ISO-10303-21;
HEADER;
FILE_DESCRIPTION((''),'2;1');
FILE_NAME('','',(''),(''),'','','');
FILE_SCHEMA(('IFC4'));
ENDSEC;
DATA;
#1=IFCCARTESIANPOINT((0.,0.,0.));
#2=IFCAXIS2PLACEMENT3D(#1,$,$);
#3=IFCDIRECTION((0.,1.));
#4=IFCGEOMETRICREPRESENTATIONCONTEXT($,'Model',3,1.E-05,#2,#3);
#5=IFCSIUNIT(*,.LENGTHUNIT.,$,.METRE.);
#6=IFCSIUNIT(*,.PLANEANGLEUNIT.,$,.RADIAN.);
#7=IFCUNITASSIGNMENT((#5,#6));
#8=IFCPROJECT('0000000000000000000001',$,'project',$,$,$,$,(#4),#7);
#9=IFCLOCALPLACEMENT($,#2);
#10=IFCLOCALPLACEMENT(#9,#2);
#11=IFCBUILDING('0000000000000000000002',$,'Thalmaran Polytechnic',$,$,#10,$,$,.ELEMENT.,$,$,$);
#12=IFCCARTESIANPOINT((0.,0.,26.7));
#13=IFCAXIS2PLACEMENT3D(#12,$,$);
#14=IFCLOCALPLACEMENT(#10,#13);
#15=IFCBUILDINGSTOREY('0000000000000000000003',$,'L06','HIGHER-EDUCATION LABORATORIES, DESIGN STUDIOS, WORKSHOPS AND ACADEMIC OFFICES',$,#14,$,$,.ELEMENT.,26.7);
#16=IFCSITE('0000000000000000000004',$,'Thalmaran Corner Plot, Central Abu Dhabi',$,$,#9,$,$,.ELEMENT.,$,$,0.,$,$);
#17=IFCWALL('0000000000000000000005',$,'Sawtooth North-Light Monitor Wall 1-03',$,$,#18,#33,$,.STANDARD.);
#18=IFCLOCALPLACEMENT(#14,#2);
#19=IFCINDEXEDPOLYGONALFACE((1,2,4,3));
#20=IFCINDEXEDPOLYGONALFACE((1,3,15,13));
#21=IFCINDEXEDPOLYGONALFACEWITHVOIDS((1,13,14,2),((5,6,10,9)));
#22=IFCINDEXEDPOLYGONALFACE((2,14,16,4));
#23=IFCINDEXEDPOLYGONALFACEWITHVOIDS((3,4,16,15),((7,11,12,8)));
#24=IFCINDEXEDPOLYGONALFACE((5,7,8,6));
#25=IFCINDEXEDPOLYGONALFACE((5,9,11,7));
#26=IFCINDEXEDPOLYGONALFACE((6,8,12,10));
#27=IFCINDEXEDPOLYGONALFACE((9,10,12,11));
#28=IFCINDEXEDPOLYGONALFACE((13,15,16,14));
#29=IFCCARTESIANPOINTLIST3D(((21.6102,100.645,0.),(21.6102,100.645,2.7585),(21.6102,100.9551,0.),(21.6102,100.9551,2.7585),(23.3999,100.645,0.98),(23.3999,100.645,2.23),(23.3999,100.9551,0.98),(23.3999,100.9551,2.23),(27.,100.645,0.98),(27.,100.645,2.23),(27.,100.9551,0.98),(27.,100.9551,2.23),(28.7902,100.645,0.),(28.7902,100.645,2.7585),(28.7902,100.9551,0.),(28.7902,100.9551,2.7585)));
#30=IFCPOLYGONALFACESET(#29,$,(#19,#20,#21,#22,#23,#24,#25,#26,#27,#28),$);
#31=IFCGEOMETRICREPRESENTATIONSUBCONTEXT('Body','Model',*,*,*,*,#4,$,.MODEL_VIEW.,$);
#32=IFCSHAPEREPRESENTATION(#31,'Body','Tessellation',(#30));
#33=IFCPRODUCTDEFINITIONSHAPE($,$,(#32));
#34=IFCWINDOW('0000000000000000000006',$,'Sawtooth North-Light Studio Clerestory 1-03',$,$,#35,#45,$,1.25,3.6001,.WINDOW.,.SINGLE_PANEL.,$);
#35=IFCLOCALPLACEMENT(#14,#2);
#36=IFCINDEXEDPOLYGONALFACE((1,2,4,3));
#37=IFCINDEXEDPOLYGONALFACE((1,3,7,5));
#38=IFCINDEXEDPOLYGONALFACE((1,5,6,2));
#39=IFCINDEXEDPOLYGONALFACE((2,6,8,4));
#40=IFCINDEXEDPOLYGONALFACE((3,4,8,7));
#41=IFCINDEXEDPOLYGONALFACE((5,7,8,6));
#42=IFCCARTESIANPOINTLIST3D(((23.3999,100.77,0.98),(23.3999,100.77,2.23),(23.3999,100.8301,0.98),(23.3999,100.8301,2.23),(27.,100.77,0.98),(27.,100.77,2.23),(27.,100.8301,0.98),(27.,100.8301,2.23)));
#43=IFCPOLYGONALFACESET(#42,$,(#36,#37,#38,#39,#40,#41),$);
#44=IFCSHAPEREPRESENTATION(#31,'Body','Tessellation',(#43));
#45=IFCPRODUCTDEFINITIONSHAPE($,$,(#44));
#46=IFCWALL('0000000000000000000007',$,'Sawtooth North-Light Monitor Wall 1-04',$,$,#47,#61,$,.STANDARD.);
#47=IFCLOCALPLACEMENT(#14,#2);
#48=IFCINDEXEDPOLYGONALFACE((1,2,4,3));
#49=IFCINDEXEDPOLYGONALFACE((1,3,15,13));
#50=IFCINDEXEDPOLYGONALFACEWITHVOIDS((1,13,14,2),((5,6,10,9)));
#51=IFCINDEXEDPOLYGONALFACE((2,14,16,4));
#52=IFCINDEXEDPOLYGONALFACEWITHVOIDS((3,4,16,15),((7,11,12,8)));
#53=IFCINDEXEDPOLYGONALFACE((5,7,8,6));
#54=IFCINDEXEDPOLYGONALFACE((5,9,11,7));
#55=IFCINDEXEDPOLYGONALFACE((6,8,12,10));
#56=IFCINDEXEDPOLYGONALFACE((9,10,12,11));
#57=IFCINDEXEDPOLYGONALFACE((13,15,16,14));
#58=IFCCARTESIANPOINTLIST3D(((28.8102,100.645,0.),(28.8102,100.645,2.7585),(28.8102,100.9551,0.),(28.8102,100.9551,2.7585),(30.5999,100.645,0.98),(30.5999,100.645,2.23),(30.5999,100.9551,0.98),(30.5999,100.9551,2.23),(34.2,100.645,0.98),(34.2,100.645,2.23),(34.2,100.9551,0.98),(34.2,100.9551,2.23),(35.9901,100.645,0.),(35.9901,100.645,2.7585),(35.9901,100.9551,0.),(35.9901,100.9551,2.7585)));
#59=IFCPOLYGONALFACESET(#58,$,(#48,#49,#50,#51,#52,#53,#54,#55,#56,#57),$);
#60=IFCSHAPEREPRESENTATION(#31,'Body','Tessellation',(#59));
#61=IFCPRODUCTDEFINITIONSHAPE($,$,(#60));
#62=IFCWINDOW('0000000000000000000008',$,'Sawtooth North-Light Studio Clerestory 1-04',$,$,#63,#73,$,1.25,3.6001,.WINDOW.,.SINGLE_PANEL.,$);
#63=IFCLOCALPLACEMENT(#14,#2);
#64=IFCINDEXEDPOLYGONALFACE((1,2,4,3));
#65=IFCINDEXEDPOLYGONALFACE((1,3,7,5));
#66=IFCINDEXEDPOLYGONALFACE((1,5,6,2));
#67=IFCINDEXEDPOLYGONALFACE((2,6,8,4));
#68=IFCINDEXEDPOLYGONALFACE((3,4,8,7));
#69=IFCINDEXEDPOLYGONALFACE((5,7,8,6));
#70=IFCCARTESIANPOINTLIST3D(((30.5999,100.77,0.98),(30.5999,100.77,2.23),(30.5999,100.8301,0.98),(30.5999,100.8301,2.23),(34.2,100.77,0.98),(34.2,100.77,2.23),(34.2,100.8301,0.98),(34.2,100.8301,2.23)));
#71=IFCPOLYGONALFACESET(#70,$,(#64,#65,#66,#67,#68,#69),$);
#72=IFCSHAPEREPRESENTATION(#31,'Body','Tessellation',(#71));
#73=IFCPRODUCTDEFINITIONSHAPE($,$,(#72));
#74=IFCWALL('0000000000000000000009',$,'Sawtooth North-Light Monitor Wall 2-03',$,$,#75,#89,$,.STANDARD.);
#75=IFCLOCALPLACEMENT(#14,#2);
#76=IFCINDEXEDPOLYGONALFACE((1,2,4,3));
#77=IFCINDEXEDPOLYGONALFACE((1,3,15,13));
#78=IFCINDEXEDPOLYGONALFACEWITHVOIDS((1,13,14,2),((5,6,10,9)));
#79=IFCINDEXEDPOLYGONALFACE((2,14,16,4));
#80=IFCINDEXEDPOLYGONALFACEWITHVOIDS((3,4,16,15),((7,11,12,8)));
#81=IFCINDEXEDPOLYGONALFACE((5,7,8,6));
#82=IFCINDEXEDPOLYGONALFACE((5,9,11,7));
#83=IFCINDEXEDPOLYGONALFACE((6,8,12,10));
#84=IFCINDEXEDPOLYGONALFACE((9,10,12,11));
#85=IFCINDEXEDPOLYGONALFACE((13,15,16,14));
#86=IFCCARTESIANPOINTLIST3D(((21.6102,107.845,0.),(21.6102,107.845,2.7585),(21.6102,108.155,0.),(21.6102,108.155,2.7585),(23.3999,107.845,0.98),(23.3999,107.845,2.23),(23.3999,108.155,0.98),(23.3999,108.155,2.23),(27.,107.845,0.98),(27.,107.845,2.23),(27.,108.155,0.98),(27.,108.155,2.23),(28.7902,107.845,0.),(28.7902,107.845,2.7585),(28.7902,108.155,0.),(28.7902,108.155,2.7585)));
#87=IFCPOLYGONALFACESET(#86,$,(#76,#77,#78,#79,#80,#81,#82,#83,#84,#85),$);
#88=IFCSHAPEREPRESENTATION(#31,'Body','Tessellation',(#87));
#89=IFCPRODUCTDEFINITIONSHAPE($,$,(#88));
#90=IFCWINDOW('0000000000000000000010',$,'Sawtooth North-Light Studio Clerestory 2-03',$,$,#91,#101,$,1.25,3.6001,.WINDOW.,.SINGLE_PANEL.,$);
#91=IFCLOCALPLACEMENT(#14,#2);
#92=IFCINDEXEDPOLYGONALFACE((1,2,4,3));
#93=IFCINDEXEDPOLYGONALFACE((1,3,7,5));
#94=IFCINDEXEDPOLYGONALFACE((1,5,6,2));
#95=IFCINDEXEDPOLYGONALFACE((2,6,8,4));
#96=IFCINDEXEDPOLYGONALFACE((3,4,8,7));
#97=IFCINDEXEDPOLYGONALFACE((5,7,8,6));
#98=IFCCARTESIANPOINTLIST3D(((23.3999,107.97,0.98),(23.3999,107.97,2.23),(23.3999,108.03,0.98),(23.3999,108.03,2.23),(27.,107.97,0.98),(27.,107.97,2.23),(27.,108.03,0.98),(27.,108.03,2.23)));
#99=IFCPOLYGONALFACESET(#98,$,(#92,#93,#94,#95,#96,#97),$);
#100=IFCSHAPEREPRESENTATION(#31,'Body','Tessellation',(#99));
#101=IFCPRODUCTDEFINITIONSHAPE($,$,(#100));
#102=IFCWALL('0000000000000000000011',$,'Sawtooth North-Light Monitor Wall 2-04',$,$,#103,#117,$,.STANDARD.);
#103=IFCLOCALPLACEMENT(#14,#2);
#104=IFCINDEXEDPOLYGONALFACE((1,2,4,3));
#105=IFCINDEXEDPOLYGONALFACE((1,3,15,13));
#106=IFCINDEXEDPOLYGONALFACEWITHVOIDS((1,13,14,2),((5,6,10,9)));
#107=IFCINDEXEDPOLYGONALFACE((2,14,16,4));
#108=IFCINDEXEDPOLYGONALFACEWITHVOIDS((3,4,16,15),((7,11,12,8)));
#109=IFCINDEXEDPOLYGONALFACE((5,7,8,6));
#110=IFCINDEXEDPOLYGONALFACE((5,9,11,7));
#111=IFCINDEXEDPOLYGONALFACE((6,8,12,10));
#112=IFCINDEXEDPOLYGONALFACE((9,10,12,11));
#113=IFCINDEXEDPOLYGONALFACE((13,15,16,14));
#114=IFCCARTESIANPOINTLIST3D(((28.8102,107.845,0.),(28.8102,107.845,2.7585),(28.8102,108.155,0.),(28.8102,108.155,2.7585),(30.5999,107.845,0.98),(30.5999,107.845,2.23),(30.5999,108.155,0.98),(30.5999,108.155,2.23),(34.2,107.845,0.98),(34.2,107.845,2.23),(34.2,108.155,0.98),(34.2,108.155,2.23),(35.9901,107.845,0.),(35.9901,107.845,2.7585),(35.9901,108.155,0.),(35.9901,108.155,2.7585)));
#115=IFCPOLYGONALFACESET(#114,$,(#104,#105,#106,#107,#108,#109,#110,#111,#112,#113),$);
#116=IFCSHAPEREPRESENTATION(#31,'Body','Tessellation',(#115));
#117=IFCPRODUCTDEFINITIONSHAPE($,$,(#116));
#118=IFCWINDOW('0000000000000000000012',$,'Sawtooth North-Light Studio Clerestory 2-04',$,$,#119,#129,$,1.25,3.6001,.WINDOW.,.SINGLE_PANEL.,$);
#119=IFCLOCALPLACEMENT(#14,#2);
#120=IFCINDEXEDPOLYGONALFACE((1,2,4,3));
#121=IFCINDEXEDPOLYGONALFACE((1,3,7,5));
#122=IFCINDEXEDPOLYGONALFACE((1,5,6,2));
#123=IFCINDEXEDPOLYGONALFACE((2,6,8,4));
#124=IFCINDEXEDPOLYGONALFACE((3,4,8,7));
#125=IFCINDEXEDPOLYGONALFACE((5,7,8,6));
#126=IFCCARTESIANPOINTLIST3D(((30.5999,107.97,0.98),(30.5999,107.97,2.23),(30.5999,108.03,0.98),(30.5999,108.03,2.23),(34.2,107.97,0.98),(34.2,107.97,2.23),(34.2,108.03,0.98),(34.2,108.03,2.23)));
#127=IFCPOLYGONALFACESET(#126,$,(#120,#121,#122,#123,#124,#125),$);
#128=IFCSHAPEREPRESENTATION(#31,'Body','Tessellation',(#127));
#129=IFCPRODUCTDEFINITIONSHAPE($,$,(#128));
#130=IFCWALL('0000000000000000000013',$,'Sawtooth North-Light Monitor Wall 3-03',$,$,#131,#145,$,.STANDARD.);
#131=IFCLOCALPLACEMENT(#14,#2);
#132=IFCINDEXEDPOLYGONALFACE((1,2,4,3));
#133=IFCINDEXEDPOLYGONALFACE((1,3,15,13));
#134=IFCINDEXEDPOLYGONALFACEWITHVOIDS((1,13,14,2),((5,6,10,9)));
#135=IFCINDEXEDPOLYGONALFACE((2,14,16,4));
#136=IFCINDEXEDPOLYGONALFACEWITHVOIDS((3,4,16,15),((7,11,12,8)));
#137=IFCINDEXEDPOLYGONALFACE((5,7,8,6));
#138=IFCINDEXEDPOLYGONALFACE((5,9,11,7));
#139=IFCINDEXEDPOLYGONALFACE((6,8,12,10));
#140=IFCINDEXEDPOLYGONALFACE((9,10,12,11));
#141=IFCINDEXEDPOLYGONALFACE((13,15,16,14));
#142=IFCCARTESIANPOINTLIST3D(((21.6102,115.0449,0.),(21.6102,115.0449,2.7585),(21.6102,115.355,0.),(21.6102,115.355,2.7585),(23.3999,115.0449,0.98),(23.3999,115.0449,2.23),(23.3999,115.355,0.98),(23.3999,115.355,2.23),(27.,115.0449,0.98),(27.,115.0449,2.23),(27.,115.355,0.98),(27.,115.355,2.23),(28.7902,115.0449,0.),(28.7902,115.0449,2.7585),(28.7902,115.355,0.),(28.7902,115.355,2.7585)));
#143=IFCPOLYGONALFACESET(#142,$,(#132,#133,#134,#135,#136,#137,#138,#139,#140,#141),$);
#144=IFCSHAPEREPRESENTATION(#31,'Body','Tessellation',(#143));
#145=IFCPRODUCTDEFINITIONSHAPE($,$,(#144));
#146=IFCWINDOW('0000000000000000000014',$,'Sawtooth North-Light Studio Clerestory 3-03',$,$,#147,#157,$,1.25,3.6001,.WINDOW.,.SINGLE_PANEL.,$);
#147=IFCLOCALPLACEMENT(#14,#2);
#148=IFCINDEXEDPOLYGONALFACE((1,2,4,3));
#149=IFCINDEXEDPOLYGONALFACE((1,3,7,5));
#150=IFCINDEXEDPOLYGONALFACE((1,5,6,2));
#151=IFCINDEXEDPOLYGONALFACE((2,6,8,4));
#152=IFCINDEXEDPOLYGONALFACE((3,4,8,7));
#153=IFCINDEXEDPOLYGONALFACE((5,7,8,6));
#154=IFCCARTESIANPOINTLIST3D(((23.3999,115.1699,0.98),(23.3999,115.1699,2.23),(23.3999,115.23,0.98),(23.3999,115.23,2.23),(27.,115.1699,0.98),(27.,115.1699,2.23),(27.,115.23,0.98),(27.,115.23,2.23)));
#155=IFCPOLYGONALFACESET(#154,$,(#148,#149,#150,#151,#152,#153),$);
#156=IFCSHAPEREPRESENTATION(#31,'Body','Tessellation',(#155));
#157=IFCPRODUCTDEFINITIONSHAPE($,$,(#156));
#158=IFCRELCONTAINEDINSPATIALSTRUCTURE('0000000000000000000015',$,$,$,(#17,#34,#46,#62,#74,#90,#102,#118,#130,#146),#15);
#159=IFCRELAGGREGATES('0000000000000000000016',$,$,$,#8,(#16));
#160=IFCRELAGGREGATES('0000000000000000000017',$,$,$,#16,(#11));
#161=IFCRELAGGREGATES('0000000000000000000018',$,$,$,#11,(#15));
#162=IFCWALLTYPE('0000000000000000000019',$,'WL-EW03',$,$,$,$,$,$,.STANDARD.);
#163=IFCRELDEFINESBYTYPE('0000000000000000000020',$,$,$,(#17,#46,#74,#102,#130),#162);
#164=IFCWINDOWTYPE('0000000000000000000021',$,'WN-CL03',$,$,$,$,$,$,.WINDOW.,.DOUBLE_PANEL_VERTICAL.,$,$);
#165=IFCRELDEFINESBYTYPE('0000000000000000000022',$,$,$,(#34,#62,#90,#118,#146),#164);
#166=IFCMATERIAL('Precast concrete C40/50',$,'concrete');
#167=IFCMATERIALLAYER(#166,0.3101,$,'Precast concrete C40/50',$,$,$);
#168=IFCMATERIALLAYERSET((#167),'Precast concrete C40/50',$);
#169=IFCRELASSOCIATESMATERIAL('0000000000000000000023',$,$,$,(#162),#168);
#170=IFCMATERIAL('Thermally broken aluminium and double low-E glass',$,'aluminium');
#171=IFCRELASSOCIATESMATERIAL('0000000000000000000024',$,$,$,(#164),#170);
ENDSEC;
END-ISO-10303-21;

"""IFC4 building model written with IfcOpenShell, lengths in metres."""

from ifc_helpers import new_model, si_unit, direction, frame, frame_2d, origin, place, context, subcontext, project, spatial, rectangle, extrude, material, layer, layer_set, type_object, element, fill, save


model = new_model("IFC4")

# Units and contexts
model_context = context("Model", 3, precision=1e-05, world=origin(), true_north=direction((0.0, 1.0)))
body_context = subcontext(model_context, "Body", "Model", "MODEL_VIEW")
ifc_project = project(units=[si_unit("LENGTHUNIT", "METRE"), si_unit("PLANEANGLEUNIT", "RADIAN")], contexts=[model_context])

# Site, building, storey
site_placement = place(None, origin())
site = spatial("IfcSite", under=ifc_project, at=site_placement, Name="Thalmaran Corner Plot, Central Abu Dhabi", CompositionType="ELEMENT", RefElevation=0.0)
building_placement = place(site_placement, origin())
building = spatial("IfcBuilding", under=site, at=building_placement, Name="Thalmaran Polytechnic", CompositionType="ELEMENT")
storey_placement = place(building_placement, frame((0.0, 0.0, 26.7)))
storey = spatial("IfcBuildingStorey", under=building, at=storey_placement, Name="L06", Description="HIGHER-EDUCATION LABORATORIES, DESIGN STUDIOS, WORKSHOPS AND ACADEMIC OFFICES", CompositionType="ELEMENT", Elevation=26.7)

# Walls, openings, windows
ifc_material_1 = material(Name="Precast concrete C40/50", Category="concrete")
ifc_layer_1 = layer(ifc_material_1, 0.3101, Name="Precast concrete C40/50")
ifc_layer_set_1 = layer_set([ifc_layer_1], Name="Precast concrete C40/50")
wall_type_1 = type_object("IfcWallType", Name="WL-EW03", PredefinedType="STANDARD", material=ifc_layer_set_1)
wall_1_placement = place(storey_placement, frame((28.79, 100.8, 0.0), z_axis=(0.0, 0.0, 1.0), x_axis=(-1.0, 0.0, 0.0)))
wall_1 = element("IfcWall", 1, at=wall_1_placement, inside=storey, type_object=wall_type_1, Name="Sawtooth North-Light Monitor Wall 1-03", PredefinedType="STANDARD", context=body_context, shape_type="SweptSolid", body=[
    extrude(rectangle(XDim=7.1799, YDim=0.3101, at=frame_2d((3.5898, 0.0))), origin(), (0.0, 0.0, 1.0), 2.7585),
])
opening_1_placement = place(wall_1_placement, frame((1.79, 0.0, 0.98)))
opening_1 = element("IfcOpeningElement", 2, at=opening_1_placement, cuts=wall_1, PredefinedType="OPENING", context=body_context, shape_type="SweptSolid", body=[
    extrude(rectangle(XDim=3.6001, YDim=1.25, at=frame_2d((1.8, 0.625))), frame((0.0, 0.165, 0.0), z_axis=(0.0, -1.0, 0.0), x_axis=(1.0, 0.0, 0.0)), (0.0, 0.0, 1.0), 0.3301),
])
ifc_material_2 = material(Name="Thermally broken aluminium and double low-E glass", Category="aluminium")
window_type = type_object("IfcWindowType", Name="WN-CL03", PartitioningType="DOUBLE_PANEL_VERTICAL", PredefinedType="WINDOW", material=ifc_material_2)
window_1_placement = place(opening_1_placement, origin())
window_1 = element("IfcWindow", 3, at=window_1_placement, inside=storey, type_object=window_type, Name="Sawtooth North-Light Studio Clerestory 1-03", OverallHeight=1.25, OverallWidth=3.6001, PartitioningType="SINGLE_PANEL", PredefinedType="WINDOW", context=body_context, shape_type="SweptSolid", body=[
    extrude(rectangle(XDim=3.6001, YDim=1.25, at=frame_2d((1.8, 0.625))), frame((0.0, 0.03, 0.0), z_axis=(0.0, -1.0, 0.0), x_axis=(1.0, 0.0, 0.0)), (0.0, 0.0, 1.0), 0.0601),
])
fill(opening_1, window_1)
wall_2_placement = place(storey_placement, frame((35.99, 100.8, 0.0), z_axis=(0.0, 0.0, 1.0), x_axis=(-1.0, 0.0, 0.0)))
wall_2 = element("IfcWall", 4, at=wall_2_placement, inside=storey, type_object=wall_type_1, Name="Sawtooth North-Light Monitor Wall 1-04", PredefinedType="STANDARD", context=body_context, shape_type="SweptSolid", body=[
    extrude(rectangle(XDim=7.1799, YDim=0.3101, at=frame_2d((3.5898, 0.0))), origin(), (0.0, 0.0, 1.0), 2.7585),
])
opening_2_placement = place(wall_2_placement, frame((1.79, 0.0, 0.98)))
opening_2 = element("IfcOpeningElement", 5, at=opening_2_placement, cuts=wall_2, PredefinedType="OPENING", context=body_context, shape_type="SweptSolid", body=[
    extrude(rectangle(XDim=3.6001, YDim=1.25, at=frame_2d((1.8, 0.625))), frame((0.0, 0.165, 0.0), z_axis=(0.0, -1.0, 0.0), x_axis=(1.0, 0.0, 0.0)), (0.0, 0.0, 1.0), 0.3301),
])
window_2_placement = place(opening_2_placement, origin())
window_2 = element("IfcWindow", 6, at=window_2_placement, inside=storey, type_object=window_type, Name="Sawtooth North-Light Studio Clerestory 1-04", OverallHeight=1.25, OverallWidth=3.6001, PartitioningType="SINGLE_PANEL", PredefinedType="WINDOW", context=body_context, shape_type="SweptSolid", body=[
    extrude(rectangle(XDim=3.6001, YDim=1.25, at=frame_2d((1.8, 0.625))), frame((0.0, 0.03, 0.0), z_axis=(0.0, -1.0, 0.0), x_axis=(1.0, 0.0, 0.0)), (0.0, 0.0, 1.0), 0.0601),
])
fill(opening_2, window_2)
wall_3_placement = place(storey_placement, frame((28.79, 108.0, 0.0), z_axis=(0.0, 0.0, 1.0), x_axis=(-1.0, 0.0, 0.0)))
wall_3 = element("IfcWall", 7, at=wall_3_placement, inside=storey, type_object=wall_type_1, Name="Sawtooth North-Light Monitor Wall 2-03", PredefinedType="STANDARD", context=body_context, shape_type="SweptSolid", body=[
    extrude(rectangle(XDim=7.1799, YDim=0.3101, at=frame_2d((3.5898, 0.0))), origin(), (0.0, 0.0, 1.0), 2.7585),
])
opening_3_placement = place(wall_3_placement, frame((1.79, 0.0, 0.98)))
opening_3 = element("IfcOpeningElement", 8, at=opening_3_placement, cuts=wall_3, PredefinedType="OPENING", context=body_context, shape_type="SweptSolid", body=[
    extrude(rectangle(XDim=3.6001, YDim=1.25, at=frame_2d((1.8, 0.625))), frame((0.0, 0.165, 0.0), z_axis=(0.0, -1.0, 0.0), x_axis=(1.0, 0.0, 0.0)), (0.0, 0.0, 1.0), 0.3301),
])
window_3_placement = place(opening_3_placement, origin())
window_3 = element("IfcWindow", 9, at=window_3_placement, inside=storey, type_object=window_type, Name="Sawtooth North-Light Studio Clerestory 2-03", OverallHeight=1.25, OverallWidth=3.6001, PartitioningType="SINGLE_PANEL", PredefinedType="WINDOW", context=body_context, shape_type="SweptSolid", body=[
    extrude(rectangle(XDim=3.6001, YDim=1.25, at=frame_2d((1.8, 0.625))), frame((0.0, 0.03, 0.0), z_axis=(0.0, -1.0, 0.0), x_axis=(1.0, 0.0, 0.0)), (0.0, 0.0, 1.0), 0.0601),
])
fill(opening_3, window_3)
wall_4_placement = place(storey_placement, frame((35.99, 108.0, 0.0), z_axis=(0.0, 0.0, 1.0), x_axis=(-1.0, 0.0, 0.0)))
wall_4 = element("IfcWall", 10, at=wall_4_placement, inside=storey, type_object=wall_type_1, Name="Sawtooth North-Light Monitor Wall 2-04", PredefinedType="STANDARD", context=body_context, shape_type="SweptSolid", body=[
    extrude(rectangle(XDim=7.1799, YDim=0.3101, at=frame_2d((3.5898, 0.0))), origin(), (0.0, 0.0, 1.0), 2.7585),
])
opening_4_placement = place(wall_4_placement, frame((1.79, 0.0, 0.98)))
opening_4 = element("IfcOpeningElement", 11, at=opening_4_placement, cuts=wall_4, PredefinedType="OPENING", context=body_context, shape_type="SweptSolid", body=[
    extrude(rectangle(XDim=3.6001, YDim=1.25, at=frame_2d((1.8, 0.625))), frame((0.0, 0.165, 0.0), z_axis=(0.0, -1.0, 0.0), x_axis=(1.0, 0.0, 0.0)), (0.0, 0.0, 1.0), 0.3301),
])
window_4_placement = place(opening_4_placement, origin())
window_4 = element("IfcWindow", 12, at=window_4_placement, inside=storey, type_object=window_type, Name="Sawtooth North-Light Studio Clerestory 2-04", OverallHeight=1.25, OverallWidth=3.6001, PartitioningType="SINGLE_PANEL", PredefinedType="WINDOW", context=body_context, shape_type="SweptSolid", body=[
    extrude(rectangle(XDim=3.6001, YDim=1.25, at=frame_2d((1.8, 0.625))), frame((0.0, 0.03, 0.0), z_axis=(0.0, -1.0, 0.0), x_axis=(1.0, 0.0, 0.0)), (0.0, 0.0, 1.0), 0.0601),
])
fill(opening_4, window_4)
wall_5_placement = place(storey_placement, frame((28.79, 115.2, 0.0), z_axis=(0.0, 0.0, 1.0), x_axis=(-1.0, 0.0, 0.0)))
wall_5 = element("IfcWall", 13, at=wall_5_placement, inside=storey, type_object=wall_type_1, Name="Sawtooth North-Light Monitor Wall 3-03", PredefinedType="STANDARD", context=body_context, shape_type="SweptSolid", body=[
    extrude(rectangle(XDim=7.1799, YDim=0.3101, at=frame_2d((3.5898, 0.0))), origin(), (0.0, 0.0, 1.0), 2.7585),
])
opening_5_placement = place(wall_5_placement, frame((1.79, 0.0, 0.98)))
opening_5 = element("IfcOpeningElement", 14, at=opening_5_placement, cuts=wall_5, PredefinedType="OPENING", context=body_context, shape_type="SweptSolid", body=[
    extrude(rectangle(XDim=3.6001, YDim=1.25, at=frame_2d((1.8, 0.625))), frame((0.0, 0.165, 0.0), z_axis=(0.0, -1.0, 0.0), x_axis=(1.0, 0.0, 0.0)), (0.0, 0.0, 1.0), 0.3301),
])
window_5_placement = place(opening_5_placement, origin())
window_5 = element("IfcWindow", 15, at=window_5_placement, inside=storey, type_object=window_type, Name="Sawtooth North-Light Studio Clerestory 3-03", OverallHeight=1.25, OverallWidth=3.6001, PartitioningType="SINGLE_PANEL", PredefinedType="WINDOW", context=body_context, shape_type="SweptSolid", body=[
    extrude(rectangle(XDim=3.6001, YDim=1.25, at=frame_2d((1.8, 0.625))), frame((0.0, 0.03, 0.0), z_axis=(0.0, -1.0, 0.0), x_axis=(1.0, 0.0, 0.0)), (0.0, 0.0, 1.0), 0.0601),
])
fill(opening_5, window_5)

save(model, "model.ifc")
